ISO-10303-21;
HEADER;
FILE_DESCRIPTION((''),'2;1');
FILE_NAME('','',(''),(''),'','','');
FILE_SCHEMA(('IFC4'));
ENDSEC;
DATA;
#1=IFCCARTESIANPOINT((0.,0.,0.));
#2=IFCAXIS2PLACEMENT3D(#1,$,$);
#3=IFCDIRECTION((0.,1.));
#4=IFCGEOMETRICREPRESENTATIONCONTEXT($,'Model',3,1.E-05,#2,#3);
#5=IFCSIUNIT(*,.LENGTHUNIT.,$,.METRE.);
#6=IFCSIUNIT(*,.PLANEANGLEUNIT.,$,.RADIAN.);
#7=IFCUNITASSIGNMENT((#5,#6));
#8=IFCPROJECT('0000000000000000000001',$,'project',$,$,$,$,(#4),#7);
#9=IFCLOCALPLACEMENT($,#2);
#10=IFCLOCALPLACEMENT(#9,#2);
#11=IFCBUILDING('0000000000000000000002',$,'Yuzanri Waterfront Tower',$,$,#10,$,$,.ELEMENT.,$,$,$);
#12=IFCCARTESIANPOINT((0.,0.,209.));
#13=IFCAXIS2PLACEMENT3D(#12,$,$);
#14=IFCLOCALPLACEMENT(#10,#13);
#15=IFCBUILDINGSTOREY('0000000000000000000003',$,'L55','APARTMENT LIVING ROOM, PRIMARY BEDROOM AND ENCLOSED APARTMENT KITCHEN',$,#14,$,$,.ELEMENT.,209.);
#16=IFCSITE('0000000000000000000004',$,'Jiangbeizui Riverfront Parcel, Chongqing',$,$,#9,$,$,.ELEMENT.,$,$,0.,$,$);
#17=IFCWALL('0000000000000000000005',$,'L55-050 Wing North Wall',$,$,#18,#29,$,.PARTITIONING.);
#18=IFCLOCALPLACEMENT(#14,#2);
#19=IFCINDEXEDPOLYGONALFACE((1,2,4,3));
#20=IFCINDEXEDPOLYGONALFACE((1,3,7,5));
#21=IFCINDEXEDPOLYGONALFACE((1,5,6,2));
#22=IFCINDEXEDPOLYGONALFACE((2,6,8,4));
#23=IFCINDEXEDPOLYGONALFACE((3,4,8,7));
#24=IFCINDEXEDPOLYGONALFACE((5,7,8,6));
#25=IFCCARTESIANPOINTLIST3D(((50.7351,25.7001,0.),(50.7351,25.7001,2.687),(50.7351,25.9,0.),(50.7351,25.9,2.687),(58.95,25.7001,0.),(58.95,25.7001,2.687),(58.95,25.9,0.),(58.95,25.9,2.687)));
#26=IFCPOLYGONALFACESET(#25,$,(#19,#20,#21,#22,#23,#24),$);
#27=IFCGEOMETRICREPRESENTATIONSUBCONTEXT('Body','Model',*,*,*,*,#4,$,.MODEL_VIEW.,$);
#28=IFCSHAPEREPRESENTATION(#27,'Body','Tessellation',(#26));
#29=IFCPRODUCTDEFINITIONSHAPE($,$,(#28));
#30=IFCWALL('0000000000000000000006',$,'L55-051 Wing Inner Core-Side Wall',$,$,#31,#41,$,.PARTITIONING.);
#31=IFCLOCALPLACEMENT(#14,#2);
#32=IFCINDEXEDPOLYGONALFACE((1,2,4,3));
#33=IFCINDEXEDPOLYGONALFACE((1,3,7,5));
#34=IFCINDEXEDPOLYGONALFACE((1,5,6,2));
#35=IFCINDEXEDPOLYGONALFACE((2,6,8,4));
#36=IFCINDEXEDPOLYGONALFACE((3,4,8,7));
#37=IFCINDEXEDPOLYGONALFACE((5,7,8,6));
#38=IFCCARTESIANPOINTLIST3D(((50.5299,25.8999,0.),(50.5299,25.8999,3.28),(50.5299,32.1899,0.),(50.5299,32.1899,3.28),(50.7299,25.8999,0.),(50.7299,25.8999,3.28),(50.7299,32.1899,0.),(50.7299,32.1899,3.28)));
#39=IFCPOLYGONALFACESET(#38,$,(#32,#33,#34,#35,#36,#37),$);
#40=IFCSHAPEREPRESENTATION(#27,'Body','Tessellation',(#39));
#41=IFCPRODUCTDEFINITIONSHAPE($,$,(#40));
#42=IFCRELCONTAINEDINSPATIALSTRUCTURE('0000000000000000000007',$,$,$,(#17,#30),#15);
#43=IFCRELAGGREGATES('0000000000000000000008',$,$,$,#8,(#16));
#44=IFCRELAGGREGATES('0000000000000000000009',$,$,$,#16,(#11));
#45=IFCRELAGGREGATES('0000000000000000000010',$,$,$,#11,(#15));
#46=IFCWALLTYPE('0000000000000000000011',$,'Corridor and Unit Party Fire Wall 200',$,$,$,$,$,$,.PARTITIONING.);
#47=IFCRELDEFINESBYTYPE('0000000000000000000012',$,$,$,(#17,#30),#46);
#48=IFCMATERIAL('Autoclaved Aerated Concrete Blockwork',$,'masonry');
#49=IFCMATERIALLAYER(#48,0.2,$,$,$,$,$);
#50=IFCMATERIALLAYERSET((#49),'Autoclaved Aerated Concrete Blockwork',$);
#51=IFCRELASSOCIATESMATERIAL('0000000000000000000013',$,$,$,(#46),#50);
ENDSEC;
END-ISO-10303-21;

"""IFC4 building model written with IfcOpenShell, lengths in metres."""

from ifc_helpers import new_model, si_unit, direction, frame, frame_2d, origin, place, context, subcontext, project, spatial, rectangle, extrude, source, transform, mapped, material, layer, layer_set, type_object, element, save


model = new_model("IFC4")

# Units and contexts
model_context = context("Model", 3, precision=1e-05, world=origin(), true_north=direction((0.0, 1.0)))
body_context = subcontext(model_context, "Body", "Model", "MODEL_VIEW")
ifc_project = project(units=[si_unit("LENGTHUNIT", "METRE"), si_unit("PLANEANGLEUNIT", "RADIAN")], contexts=[model_context])

# Site, building, storey
site_placement = place(None, origin())
site = spatial("IfcSite", under=ifc_project, at=site_placement, Name="Jiangbeizui Riverfront Parcel, Chongqing", CompositionType="ELEMENT", RefElevation=0.0)
building_placement = place(site_placement, origin())
building = spatial("IfcBuilding", under=site, at=building_placement, Name="Yuzanri Waterfront Tower", CompositionType="ELEMENT")
storey_placement = place(building_placement, frame((0.0, 0.0, 209.0)))
storey = spatial("IfcBuildingStorey", under=building, at=storey_placement, Name="L55", Description="APARTMENT LIVING ROOM, PRIMARY BEDROOM AND ENCLOSED APARTMENT KITCHEN", CompositionType="ELEMENT", Elevation=209.0)

# Shared definitions
ifc_material_1 = material(Name="Autoclaved Aerated Concrete Blockwork", Category="masonry")
ifc_layer_1 = layer(ifc_material_1, 0.2)
ifc_layer_set_1 = layer_set([ifc_layer_1], Name="Autoclaved Aerated Concrete Blockwork")
wall_type = type_object("IfcWallType", Name="Corridor and Unit Party Fire Wall 200", PredefinedType="PARTITIONING", material=ifc_layer_set_1)

# Walls
shared_shape_1 = source(origin(), body_context, "Body", "SweptSolid", [
    extrude(rectangle(XDim=8.2148, YDim=0.2, at=frame_2d((4.1074, 0.0))), origin(), (0.0, 0.0, 1.0), 2.687),
])
wall_1_placement = place(storey_placement, frame((50.7351, 25.8, 0.0), z_axis=(0.0, 0.0, 1.0), x_axis=(1.0, 0.0, 0.0)))
element("IfcWall", 1, at=wall_1_placement, inside=storey, type_object=wall_type, Name="L55-050 Wing North Wall", PredefinedType="PARTITIONING", context=body_context, shape_type="MappedRepresentation", body=[
    mapped(shared_shape_1, transform((0.0, 0.0, 0.0), scale=1.0)),
])
shared_shape_2 = source(origin(), body_context, "Body", "SweptSolid", [
    extrude(rectangle(XDim=6.29, YDim=0.2, at=frame_2d((3.145, 0.0))), origin(), (0.0, 0.0, 1.0), 3.28),
])
wall_2_placement = place(storey_placement, frame((50.6299, 25.8999, 0.0), z_axis=(0.0, 0.0, 1.0), x_axis=(0.0, 1.0, 0.0)))
element("IfcWall", 2, at=wall_2_placement, inside=storey, type_object=wall_type, Name="L55-051 Wing Inner Core-Side Wall", PredefinedType="PARTITIONING", context=body_context, shape_type="MappedRepresentation", body=[
    mapped(shared_shape_2, transform((0.0, 0.0, 0.0), scale=1.0)),
])

save(model, "model.ifc")
